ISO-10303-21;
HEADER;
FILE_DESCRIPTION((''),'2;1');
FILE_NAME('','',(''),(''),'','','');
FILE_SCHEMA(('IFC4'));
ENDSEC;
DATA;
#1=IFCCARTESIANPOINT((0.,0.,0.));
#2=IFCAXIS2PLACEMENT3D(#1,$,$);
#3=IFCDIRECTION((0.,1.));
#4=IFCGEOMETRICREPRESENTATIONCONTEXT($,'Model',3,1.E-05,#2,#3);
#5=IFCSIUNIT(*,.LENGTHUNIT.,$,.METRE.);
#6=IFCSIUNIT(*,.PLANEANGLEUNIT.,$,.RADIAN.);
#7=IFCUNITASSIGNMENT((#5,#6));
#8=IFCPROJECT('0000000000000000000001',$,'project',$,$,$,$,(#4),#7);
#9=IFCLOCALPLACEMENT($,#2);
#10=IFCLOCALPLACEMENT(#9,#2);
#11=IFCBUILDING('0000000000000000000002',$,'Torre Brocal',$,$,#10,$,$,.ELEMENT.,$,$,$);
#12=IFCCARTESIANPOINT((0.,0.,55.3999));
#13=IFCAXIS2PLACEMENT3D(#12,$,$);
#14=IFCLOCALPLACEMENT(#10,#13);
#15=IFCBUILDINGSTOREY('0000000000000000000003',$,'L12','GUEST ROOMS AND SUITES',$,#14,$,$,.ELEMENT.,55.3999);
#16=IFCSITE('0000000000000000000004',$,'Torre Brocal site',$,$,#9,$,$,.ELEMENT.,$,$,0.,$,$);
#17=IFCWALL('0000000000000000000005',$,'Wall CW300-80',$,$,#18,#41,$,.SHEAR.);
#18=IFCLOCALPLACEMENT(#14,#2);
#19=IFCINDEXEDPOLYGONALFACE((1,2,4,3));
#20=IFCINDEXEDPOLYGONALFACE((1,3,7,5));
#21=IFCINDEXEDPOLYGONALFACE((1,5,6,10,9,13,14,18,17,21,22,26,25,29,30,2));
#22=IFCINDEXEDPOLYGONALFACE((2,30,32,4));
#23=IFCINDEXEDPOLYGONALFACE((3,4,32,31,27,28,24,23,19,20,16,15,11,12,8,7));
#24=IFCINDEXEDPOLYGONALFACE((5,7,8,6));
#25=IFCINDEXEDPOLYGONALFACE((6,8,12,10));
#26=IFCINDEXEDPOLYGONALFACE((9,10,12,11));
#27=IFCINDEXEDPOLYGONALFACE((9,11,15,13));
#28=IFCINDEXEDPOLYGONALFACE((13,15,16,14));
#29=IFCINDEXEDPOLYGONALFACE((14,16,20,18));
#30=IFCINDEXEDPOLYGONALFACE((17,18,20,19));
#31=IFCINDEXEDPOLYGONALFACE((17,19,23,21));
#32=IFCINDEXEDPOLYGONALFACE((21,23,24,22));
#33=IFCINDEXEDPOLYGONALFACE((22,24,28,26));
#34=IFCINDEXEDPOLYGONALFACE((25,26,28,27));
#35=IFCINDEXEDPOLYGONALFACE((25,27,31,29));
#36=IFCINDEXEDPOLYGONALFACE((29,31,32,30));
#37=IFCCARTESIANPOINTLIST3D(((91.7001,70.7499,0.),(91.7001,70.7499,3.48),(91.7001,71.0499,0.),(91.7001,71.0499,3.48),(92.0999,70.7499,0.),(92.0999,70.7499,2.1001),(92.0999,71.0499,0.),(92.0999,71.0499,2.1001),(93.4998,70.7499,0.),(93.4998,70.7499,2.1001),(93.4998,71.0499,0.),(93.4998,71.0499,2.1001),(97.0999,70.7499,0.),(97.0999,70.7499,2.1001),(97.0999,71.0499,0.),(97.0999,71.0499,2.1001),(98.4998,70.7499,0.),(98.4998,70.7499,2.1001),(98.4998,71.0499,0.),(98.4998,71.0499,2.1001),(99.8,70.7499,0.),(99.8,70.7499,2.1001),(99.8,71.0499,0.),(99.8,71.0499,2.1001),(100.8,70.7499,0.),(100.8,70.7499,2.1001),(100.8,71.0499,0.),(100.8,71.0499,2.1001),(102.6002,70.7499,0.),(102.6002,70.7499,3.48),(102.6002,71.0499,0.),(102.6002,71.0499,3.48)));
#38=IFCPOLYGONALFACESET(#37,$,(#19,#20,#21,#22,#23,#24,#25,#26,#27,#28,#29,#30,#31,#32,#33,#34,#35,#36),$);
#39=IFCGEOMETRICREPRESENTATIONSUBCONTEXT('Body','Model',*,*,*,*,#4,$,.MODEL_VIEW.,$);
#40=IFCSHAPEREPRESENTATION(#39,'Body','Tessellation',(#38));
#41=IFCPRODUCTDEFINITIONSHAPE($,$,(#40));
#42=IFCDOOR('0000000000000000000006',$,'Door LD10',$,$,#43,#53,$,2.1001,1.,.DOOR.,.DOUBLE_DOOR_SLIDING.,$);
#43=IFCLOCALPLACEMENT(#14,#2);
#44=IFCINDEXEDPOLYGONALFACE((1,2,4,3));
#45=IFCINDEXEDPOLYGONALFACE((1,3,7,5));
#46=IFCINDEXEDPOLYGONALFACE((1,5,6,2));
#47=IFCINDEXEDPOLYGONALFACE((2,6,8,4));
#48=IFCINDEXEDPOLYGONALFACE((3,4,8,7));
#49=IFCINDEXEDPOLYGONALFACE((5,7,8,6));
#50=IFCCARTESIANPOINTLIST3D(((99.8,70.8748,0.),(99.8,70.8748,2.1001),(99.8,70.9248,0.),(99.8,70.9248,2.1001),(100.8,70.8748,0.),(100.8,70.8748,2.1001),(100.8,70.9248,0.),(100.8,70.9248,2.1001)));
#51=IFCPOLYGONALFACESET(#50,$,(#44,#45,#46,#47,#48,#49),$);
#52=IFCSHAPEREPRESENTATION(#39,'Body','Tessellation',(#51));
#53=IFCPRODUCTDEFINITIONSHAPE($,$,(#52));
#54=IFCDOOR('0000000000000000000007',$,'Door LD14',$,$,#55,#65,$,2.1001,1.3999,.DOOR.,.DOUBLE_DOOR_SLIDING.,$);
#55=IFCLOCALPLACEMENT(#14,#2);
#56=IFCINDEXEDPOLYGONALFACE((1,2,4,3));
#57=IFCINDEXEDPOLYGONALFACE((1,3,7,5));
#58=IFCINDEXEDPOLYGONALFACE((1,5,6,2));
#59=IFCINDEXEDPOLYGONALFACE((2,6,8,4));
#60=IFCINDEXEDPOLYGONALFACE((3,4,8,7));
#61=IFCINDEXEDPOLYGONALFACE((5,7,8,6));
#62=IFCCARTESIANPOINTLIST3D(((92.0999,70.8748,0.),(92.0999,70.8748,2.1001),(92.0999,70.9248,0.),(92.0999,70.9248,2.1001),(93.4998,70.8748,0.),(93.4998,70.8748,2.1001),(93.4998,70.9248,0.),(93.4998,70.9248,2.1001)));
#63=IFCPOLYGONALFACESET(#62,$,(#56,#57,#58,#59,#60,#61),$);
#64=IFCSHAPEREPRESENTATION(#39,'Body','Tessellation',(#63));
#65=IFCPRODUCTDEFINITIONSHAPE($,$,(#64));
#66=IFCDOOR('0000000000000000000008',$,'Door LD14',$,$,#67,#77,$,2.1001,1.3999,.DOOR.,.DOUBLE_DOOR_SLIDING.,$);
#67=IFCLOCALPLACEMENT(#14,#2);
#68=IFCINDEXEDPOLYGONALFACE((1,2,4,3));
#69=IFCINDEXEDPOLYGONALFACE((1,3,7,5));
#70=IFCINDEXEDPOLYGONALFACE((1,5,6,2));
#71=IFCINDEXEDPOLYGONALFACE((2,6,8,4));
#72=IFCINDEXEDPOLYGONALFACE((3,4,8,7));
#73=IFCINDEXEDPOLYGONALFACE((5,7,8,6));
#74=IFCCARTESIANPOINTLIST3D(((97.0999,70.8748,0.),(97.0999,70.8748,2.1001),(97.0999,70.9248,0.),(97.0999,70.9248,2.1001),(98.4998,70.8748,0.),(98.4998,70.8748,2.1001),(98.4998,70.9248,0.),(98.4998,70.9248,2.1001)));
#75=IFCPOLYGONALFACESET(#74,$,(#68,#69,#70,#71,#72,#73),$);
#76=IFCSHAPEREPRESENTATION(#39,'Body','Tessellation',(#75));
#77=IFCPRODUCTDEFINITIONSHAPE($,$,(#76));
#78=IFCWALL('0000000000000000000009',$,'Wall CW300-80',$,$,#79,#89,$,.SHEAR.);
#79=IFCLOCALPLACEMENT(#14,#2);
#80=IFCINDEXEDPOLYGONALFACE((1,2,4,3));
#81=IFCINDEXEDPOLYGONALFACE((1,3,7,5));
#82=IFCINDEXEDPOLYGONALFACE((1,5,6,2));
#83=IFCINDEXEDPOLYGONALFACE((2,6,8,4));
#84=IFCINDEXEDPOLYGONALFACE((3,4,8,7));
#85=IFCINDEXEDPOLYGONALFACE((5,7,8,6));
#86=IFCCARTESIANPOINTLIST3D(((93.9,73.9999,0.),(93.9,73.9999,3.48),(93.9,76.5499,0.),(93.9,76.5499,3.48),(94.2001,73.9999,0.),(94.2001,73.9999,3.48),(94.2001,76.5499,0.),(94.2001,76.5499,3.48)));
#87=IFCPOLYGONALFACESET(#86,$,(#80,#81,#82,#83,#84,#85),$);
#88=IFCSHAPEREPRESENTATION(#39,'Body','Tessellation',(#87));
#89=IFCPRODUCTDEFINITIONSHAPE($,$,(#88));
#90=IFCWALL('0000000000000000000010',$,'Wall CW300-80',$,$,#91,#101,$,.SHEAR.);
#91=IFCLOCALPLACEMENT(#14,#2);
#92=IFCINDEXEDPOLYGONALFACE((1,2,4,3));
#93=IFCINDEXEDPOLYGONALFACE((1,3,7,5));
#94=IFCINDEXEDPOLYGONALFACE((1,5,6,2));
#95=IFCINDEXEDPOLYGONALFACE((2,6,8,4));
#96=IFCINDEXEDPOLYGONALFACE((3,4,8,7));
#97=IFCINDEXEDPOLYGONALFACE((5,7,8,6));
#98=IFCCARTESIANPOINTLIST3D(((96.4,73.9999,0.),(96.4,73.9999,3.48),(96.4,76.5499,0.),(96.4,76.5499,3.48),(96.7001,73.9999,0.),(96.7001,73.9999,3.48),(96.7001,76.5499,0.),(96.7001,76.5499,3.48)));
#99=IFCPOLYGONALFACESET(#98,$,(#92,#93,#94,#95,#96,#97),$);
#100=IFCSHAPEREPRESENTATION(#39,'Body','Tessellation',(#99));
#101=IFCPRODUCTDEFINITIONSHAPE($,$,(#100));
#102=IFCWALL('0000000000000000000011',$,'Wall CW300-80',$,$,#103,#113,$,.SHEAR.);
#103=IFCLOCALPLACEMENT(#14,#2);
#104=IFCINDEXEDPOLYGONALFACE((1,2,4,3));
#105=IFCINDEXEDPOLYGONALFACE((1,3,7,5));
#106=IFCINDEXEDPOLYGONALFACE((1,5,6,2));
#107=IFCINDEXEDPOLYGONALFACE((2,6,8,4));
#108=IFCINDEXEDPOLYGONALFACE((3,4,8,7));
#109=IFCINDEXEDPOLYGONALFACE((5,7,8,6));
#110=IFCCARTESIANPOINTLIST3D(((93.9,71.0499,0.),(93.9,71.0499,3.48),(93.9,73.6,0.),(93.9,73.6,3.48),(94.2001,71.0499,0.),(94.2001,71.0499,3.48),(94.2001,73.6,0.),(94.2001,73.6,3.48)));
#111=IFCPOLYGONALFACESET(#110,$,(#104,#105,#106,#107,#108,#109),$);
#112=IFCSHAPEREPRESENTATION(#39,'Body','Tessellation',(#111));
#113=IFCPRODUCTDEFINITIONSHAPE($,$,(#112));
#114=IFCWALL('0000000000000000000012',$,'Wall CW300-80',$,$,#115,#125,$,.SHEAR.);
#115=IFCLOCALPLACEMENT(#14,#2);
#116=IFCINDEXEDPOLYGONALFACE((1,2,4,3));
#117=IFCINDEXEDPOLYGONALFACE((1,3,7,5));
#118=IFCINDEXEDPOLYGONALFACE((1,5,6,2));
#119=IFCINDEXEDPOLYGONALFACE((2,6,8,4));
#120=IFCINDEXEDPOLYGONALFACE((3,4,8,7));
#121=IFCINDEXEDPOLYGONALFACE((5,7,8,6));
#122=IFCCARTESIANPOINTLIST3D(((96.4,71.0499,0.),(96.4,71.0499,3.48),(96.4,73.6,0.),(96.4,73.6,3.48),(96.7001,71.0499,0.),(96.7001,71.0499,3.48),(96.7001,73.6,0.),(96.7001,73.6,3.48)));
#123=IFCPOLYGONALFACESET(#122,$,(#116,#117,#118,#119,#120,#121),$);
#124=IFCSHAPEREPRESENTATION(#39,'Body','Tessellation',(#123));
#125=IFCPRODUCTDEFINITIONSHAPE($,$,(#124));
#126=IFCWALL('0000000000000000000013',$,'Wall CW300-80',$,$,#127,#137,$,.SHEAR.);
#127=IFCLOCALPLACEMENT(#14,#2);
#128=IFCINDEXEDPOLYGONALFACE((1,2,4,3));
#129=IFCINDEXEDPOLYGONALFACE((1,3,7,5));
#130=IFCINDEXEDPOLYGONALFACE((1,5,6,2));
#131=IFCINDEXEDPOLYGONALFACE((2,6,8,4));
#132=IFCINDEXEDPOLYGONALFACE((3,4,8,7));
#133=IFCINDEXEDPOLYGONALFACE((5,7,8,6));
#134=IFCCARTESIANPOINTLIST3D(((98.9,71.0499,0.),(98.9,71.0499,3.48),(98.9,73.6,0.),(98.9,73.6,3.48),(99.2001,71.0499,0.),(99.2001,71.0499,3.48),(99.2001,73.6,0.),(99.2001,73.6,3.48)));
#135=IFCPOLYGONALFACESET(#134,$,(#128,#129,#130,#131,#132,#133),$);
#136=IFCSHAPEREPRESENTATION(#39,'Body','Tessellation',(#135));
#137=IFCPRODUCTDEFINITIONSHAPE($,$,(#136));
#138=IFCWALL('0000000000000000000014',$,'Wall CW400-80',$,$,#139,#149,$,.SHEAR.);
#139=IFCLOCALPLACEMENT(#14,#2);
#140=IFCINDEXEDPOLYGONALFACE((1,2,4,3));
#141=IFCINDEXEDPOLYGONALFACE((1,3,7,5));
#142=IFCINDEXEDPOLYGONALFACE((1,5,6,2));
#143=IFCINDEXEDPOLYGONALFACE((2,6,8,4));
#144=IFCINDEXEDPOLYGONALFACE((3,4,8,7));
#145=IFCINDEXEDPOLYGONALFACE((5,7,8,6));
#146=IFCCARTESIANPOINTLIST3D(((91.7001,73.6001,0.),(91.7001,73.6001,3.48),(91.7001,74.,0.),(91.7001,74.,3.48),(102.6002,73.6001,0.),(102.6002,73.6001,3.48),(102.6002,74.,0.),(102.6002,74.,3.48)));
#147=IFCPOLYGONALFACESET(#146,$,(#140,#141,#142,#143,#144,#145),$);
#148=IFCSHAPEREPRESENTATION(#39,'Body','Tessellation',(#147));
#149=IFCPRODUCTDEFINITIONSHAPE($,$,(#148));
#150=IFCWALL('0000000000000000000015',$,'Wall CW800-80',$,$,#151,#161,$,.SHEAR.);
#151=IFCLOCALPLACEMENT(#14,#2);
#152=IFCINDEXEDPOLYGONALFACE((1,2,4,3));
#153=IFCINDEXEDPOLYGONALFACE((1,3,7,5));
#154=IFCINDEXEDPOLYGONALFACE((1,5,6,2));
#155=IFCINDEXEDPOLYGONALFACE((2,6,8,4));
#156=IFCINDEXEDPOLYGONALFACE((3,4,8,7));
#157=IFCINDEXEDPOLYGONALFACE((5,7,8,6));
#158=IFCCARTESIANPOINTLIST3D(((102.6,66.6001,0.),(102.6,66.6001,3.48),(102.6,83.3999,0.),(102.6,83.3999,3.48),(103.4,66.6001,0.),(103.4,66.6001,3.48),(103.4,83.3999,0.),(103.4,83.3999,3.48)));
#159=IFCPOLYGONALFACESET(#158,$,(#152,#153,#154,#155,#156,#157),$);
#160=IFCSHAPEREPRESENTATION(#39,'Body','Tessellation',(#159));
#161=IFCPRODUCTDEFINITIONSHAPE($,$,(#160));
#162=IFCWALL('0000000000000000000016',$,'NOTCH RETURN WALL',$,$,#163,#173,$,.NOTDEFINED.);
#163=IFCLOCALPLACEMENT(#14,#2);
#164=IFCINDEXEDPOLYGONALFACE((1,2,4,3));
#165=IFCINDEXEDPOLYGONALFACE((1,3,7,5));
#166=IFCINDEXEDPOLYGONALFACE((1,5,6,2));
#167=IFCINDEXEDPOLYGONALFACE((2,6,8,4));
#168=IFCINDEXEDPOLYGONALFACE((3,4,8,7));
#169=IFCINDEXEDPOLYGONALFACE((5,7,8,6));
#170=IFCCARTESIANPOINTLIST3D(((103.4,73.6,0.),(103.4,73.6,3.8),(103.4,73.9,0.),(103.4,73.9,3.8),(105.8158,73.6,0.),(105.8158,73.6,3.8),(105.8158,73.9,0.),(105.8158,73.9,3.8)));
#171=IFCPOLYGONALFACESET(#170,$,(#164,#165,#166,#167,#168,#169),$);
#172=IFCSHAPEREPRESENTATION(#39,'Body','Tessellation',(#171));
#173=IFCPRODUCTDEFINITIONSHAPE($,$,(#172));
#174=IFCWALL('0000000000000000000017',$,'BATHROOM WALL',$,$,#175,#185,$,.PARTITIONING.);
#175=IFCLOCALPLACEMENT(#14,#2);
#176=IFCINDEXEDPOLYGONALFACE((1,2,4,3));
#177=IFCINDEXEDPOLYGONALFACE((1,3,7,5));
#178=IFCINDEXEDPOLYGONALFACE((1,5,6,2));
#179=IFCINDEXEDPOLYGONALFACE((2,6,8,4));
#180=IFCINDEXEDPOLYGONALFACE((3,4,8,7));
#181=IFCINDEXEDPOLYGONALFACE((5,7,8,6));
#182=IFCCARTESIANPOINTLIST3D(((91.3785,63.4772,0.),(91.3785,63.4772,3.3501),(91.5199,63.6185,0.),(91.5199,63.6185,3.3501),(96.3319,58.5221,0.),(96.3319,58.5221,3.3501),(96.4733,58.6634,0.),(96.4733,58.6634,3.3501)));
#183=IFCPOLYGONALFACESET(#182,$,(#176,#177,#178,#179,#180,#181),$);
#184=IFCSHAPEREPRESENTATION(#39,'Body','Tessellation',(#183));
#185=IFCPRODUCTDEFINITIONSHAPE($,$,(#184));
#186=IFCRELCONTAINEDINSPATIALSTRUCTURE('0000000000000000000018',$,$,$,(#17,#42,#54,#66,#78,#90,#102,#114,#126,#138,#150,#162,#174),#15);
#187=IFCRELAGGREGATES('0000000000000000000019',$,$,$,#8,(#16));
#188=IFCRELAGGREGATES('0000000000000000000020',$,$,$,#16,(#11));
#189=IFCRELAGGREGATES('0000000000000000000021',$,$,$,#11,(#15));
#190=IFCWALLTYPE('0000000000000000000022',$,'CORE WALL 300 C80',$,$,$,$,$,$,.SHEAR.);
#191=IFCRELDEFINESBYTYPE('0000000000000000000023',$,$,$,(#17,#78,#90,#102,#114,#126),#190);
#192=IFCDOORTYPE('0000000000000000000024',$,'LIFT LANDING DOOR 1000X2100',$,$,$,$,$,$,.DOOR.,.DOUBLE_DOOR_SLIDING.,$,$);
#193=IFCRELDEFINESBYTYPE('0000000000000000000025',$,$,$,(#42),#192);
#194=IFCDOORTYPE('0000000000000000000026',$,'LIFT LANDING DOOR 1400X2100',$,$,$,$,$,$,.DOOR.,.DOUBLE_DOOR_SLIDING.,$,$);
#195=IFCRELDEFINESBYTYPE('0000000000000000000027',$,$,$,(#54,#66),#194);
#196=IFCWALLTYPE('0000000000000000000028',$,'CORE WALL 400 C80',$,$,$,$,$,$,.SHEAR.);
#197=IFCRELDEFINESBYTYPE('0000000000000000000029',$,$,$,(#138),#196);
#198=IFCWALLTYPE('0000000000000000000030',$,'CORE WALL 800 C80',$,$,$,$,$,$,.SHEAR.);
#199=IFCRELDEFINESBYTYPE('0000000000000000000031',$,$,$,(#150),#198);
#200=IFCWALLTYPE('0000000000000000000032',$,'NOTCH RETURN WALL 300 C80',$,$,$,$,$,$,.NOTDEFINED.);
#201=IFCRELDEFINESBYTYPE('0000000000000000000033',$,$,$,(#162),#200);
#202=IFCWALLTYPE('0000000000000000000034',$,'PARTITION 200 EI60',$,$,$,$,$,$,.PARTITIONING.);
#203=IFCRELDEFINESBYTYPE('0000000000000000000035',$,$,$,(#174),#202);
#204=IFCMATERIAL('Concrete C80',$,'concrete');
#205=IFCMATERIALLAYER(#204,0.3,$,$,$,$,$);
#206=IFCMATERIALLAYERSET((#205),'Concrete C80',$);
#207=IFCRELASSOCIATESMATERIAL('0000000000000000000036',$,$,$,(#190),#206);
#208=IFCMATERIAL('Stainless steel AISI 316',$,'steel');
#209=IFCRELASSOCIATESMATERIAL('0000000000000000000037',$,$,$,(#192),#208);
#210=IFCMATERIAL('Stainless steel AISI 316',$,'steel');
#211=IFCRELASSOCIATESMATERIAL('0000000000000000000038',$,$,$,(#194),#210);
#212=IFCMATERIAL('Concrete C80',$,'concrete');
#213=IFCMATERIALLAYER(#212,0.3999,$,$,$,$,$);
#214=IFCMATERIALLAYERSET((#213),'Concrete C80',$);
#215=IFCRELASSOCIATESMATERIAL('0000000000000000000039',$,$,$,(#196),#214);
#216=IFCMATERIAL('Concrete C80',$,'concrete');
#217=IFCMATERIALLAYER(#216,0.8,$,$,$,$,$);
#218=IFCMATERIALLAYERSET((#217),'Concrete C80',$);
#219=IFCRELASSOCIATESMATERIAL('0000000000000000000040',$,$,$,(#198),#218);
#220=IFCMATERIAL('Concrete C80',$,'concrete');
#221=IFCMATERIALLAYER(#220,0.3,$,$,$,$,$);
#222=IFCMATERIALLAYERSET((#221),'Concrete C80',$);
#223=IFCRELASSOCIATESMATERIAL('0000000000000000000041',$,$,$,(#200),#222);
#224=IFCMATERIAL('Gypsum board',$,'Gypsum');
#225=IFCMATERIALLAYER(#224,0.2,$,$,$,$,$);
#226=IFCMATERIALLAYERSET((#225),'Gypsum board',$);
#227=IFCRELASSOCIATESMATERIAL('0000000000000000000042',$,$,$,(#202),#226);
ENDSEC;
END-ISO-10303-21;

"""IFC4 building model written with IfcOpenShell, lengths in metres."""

from ifc_helpers import new_model, si_unit, direction, frame, frame_2d, origin, place, context, subcontext, project, spatial, rectangle, extrude, material, layer, layer_set, type_object, element, fill, save


model = new_model("IFC4")

# Units and contexts
model_context = context("Model", 3, precision=1e-05, world=origin(), true_north=direction((0.0, 1.0)))
body_context = subcontext(model_context, "Body", "Model", "MODEL_VIEW")
ifc_project = project(units=[si_unit("LENGTHUNIT", "METRE"), si_unit("PLANEANGLEUNIT", "RADIAN")], contexts=[model_context])

# Site, building, storey
site_placement = place(None, origin())
site = spatial("IfcSite", under=ifc_project, at=site_placement, Name="Torre Brocal site", CompositionType="ELEMENT", RefElevation=0.0)
building_placement = place(site_placement, origin())
building = spatial("IfcBuilding", under=site, at=building_placement, Name="Torre Brocal", CompositionType="ELEMENT")
storey_placement = place(building_placement, frame((0.0, 0.0, 55.3999)))
storey = spatial("IfcBuildingStorey", under=building, at=storey_placement, Name="L12", Description="GUEST ROOMS AND SUITES", CompositionType="ELEMENT", Elevation=55.3999)

# Shared definitions
ifc_material_1 = material(Name="Concrete C80", Category="concrete")
ifc_layer_1 = layer(ifc_material_1, 0.3)
ifc_layer_set_1 = layer_set([ifc_layer_1], Name="Concrete C80")
wall_type_1 = type_object("IfcWallType", Name="CORE WALL 300 C80", PredefinedType="SHEAR", material=ifc_layer_set_1)

# Wall, openings, doors
wall_1_placement = place(storey_placement, frame((91.7, 70.8999, 0.0), z_axis=(0.0, 0.0, 1.0), x_axis=(1.0, 0.0, 0.0)))
wall_1 = element("IfcWall", 1, at=wall_1_placement, inside=storey, type_object=wall_type_1, Name="Wall CW300-80", PredefinedType="SHEAR", context=body_context, shape_type="SweptSolid", body=[
    extrude(rectangle(XDim=10.9001, YDim=0.3, at=frame_2d((5.4502, 0.0))), origin(), (0.0, 0.0, 1.0), 3.48),
])
opening_1_placement = place(wall_1_placement, frame((0.3999, 0.0, 0.0)))
opening_1 = element("IfcOpeningElement", 2, at=opening_1_placement, cuts=wall_1, PredefinedType="OPENING", context=body_context, shape_type="SweptSolid", body=[
    extrude(rectangle(XDim=1.3999, YDim=2.1001, at=frame_2d((0.7, 1.05))), frame((0.0, 0.1599, 0.0), z_axis=(0.0, -1.0, 0.0), x_axis=(1.0, 0.0, 0.0)), (0.0, 0.0, 1.0), 0.3201),
])
opening_2_placement = place(wall_1_placement, frame((5.3999, 0.0, 0.0)))
opening_2 = element("IfcOpeningElement", 3, at=opening_2_placement, cuts=wall_1, PredefinedType="OPENING", context=body_context, shape_type="SweptSolid", body=[
    extrude(rectangle(XDim=1.3999, YDim=2.1001, at=frame_2d((0.7, 1.05))), frame((0.0, 0.1599, 0.0), z_axis=(0.0, -1.0, 0.0), x_axis=(1.0, 0.0, 0.0)), (0.0, 0.0, 1.0), 0.3201),
])
opening_3_placement = place(wall_1_placement, frame((8.1001, 0.0, 0.0)))
opening_3 = element("IfcOpeningElement", 4, at=opening_3_placement, cuts=wall_1, PredefinedType="OPENING", context=body_context, shape_type="SweptSolid", body=[
    extrude(rectangle(XDim=1.0, YDim=2.1001, at=frame_2d((0.5, 1.05))), frame((0.0, 0.1599, 0.0), z_axis=(0.0, -1.0, 0.0), x_axis=(1.0, 0.0, 0.0)), (0.0, 0.0, 1.0), 0.3201),
])
ifc_material_2 = material(Name="Stainless steel AISI 316", Category="steel")
door_type_1 = type_object("IfcDoorType", Name="LIFT LANDING DOOR 1000X2100", OperationType="DOUBLE_DOOR_SLIDING", PredefinedType="DOOR", material=ifc_material_2)
door_1_placement = place(opening_3_placement, origin())
door_1 = element("IfcDoor", 5, at=door_1_placement, inside=storey, type_object=door_type_1, Name="Door LD10", OperationType="DOUBLE_DOOR_SLIDING", OverallHeight=2.1001, OverallWidth=1.0, PredefinedType="DOOR", context=body_context, shape_type="SweptSolid", body=[
    extrude(rectangle(XDim=1.0, YDim=2.1001, at=frame_2d((0.5, 1.05))), frame((0.0, 0.0249, 0.0), z_axis=(0.0, -1.0, 0.0), x_axis=(1.0, 0.0, 0.0)), (0.0, 0.0, 1.0), 0.05),
])
fill(opening_3, door_1)
ifc_material_3 = material(Name="Stainless steel AISI 316", Category="steel")
door_type_2 = type_object("IfcDoorType", Name="LIFT LANDING DOOR 1400X2100", OperationType="DOUBLE_DOOR_SLIDING", PredefinedType="DOOR", material=ifc_material_3)
door_2_placement = place(opening_1_placement, origin())
door_2 = element("IfcDoor", 6, at=door_2_placement, inside=storey, type_object=door_type_2, Name="Door LD14", OperationType="DOUBLE_DOOR_SLIDING", OverallHeight=2.1001, OverallWidth=1.3999, PredefinedType="DOOR", context=body_context, shape_type="SweptSolid", body=[
    extrude(rectangle(XDim=1.3999, YDim=2.1001, at=frame_2d((0.7, 1.05))), frame((0.0, 0.0249, 0.0), z_axis=(0.0, -1.0, 0.0), x_axis=(1.0, 0.0, 0.0)), (0.0, 0.0, 1.0), 0.05),
])
fill(opening_1, door_2)
door_3_placement = place(opening_2_placement, origin())
door_3 = element("IfcDoor", 7, at=door_3_placement, inside=storey, type_object=door_type_2, Name="Door LD14", OperationType="DOUBLE_DOOR_SLIDING", OverallHeight=2.1001, OverallWidth=1.3999, PredefinedType="DOOR", context=body_context, shape_type="SweptSolid", body=[
    extrude(rectangle(XDim=1.3999, YDim=2.1001, at=frame_2d((0.7, 1.05))), frame((0.0, 0.0249, 0.0), z_axis=(0.0, -1.0, 0.0), x_axis=(1.0, 0.0, 0.0)), (0.0, 0.0, 1.0), 0.05),
])
fill(opening_2, door_3)

# Walls
for number, where, z_axis, x_axis, name in (
    (8, (94.05, 74.0, 0.0), (0.0, 0.0, 1.0), (0.0, 1.0, 0.0), "Wall CW300-80"),
    (9, (96.55, 74.0, 0.0), (0.0, 0.0, 1.0), (0.0, 1.0, 0.0), "Wall CW300-80"),
    (10, (94.05, 71.05, 0.0), (0.0, 0.0, 1.0), (0.0, 1.0, 0.0), "Wall CW300-80"),
    (11, (96.55, 71.05, 0.0), (0.0, 0.0, 1.0), (0.0, 1.0, 0.0), "Wall CW300-80"),
    (12, (99.05, 71.05, 0.0), (0.0, 0.0, 1.0), (0.0, 1.0, 0.0), "Wall CW300-80"),
):
    element("IfcWall", number, at=place(storey_placement, frame(where, z_axis=z_axis, x_axis=x_axis)), inside=storey, type_object=wall_type_1, Name=name, PredefinedType="SHEAR", context=body_context, shape_type="SweptSolid", body=[
        extrude(rectangle(XDim=2.55, YDim=0.3, at=frame_2d((1.2749, 0.0))), origin(), (0.0, 0.0, 1.0), 3.48),
    ])
ifc_material_4 = material(Name="Concrete C80", Category="concrete")
ifc_layer_2 = layer(ifc_material_4, 0.3999)
ifc_layer_set_2 = layer_set([ifc_layer_2], Name="Concrete C80")
wall_type_2 = type_object("IfcWallType", Name="CORE WALL 400 C80", PredefinedType="SHEAR", material=ifc_layer_set_2)
wall_2_placement = place(storey_placement, frame((91.7, 73.8, 0.0), z_axis=(0.0, 0.0, 1.0), x_axis=(1.0, 0.0, 0.0)))
element("IfcWall", 13, at=wall_2_placement, inside=storey, type_object=wall_type_2, Name="Wall CW400-80", PredefinedType="SHEAR", context=body_context, shape_type="SweptSolid", body=[
    extrude(rectangle(XDim=10.9001, YDim=0.3999, at=frame_2d((5.4502, 0.0))), origin(), (0.0, 0.0, 1.0), 3.48),
])
ifc_material_5 = material(Name="Concrete C80", Category="concrete")
ifc_layer_3 = layer(ifc_material_5, 0.8)
ifc_layer_set_3 = layer_set([ifc_layer_3], Name="Concrete C80")
wall_type_3 = type_object("IfcWallType", Name="CORE WALL 800 C80", PredefinedType="SHEAR", material=ifc_layer_set_3)
wall_3_placement = place(storey_placement, frame((103.0, 66.6001, 0.0), z_axis=(0.0, 0.0, 1.0), x_axis=(0.0, 1.0, 0.0)))
element("IfcWall", 14, at=wall_3_placement, inside=storey, type_object=wall_type_3, Name="Wall CW800-80", PredefinedType="SHEAR", context=body_context, shape_type="SweptSolid", body=[
    extrude(rectangle(XDim=16.7998, YDim=0.8, at=frame_2d((8.3999, 0.0))), origin(), (0.0, 0.0, 1.0), 3.48),
])
ifc_material_6 = material(Name="Concrete C80", Category="concrete")
ifc_layer_4 = layer(ifc_material_6, 0.3)
ifc_layer_set_4 = layer_set([ifc_layer_4], Name="Concrete C80")
wall_type_4 = type_object("IfcWallType", Name="NOTCH RETURN WALL 300 C80", PredefinedType="NOTDEFINED", material=ifc_layer_set_4)
wall_4_placement = place(storey_placement, frame((103.3999, 73.75, 0.0), z_axis=(0.0, 0.0, 1.0), x_axis=(1.0, 0.0, 0.0)))
element("IfcWall", 15, at=wall_4_placement, inside=storey, type_object=wall_type_4, Name="NOTCH RETURN WALL", PredefinedType="NOTDEFINED", context=body_context, shape_type="SweptSolid", body=[
    extrude(rectangle(XDim=2.4158, YDim=0.3, at=frame_2d((1.208, 0.0))), origin(), (0.0, 0.0, 1.0), 3.8),
])
ifc_material_7 = material(Name="Gypsum board", Category="Gypsum")
ifc_layer_5 = layer(ifc_material_7, 0.2)
ifc_layer_set_5 = layer_set([ifc_layer_5], Name="Gypsum board")
wall_type_5 = type_object("IfcWallType", Name="PARTITION 200 EI60", PredefinedType="PARTITIONING", material=ifc_layer_set_5)
wall_5_placement = place(storey_placement, frame((91.4492, 63.5479, 0.0), z_axis=(0.0, 0.0, 1.0), x_axis=(0.706985, -0.707229, 0.0)))
element("IfcWall", 16, at=wall_5_placement, inside=storey, type_object=wall_type_5, Name="BATHROOM WALL", PredefinedType="PARTITIONING", context=body_context, shape_type="SweptSolid", body=[
    extrude(rectangle(XDim=7.0063, YDim=0.2, at=frame_2d((3.5032, 0.0))), origin(), (0.0, 0.0, 1.0), 3.3501),
])

save(model, "model.ifc")
